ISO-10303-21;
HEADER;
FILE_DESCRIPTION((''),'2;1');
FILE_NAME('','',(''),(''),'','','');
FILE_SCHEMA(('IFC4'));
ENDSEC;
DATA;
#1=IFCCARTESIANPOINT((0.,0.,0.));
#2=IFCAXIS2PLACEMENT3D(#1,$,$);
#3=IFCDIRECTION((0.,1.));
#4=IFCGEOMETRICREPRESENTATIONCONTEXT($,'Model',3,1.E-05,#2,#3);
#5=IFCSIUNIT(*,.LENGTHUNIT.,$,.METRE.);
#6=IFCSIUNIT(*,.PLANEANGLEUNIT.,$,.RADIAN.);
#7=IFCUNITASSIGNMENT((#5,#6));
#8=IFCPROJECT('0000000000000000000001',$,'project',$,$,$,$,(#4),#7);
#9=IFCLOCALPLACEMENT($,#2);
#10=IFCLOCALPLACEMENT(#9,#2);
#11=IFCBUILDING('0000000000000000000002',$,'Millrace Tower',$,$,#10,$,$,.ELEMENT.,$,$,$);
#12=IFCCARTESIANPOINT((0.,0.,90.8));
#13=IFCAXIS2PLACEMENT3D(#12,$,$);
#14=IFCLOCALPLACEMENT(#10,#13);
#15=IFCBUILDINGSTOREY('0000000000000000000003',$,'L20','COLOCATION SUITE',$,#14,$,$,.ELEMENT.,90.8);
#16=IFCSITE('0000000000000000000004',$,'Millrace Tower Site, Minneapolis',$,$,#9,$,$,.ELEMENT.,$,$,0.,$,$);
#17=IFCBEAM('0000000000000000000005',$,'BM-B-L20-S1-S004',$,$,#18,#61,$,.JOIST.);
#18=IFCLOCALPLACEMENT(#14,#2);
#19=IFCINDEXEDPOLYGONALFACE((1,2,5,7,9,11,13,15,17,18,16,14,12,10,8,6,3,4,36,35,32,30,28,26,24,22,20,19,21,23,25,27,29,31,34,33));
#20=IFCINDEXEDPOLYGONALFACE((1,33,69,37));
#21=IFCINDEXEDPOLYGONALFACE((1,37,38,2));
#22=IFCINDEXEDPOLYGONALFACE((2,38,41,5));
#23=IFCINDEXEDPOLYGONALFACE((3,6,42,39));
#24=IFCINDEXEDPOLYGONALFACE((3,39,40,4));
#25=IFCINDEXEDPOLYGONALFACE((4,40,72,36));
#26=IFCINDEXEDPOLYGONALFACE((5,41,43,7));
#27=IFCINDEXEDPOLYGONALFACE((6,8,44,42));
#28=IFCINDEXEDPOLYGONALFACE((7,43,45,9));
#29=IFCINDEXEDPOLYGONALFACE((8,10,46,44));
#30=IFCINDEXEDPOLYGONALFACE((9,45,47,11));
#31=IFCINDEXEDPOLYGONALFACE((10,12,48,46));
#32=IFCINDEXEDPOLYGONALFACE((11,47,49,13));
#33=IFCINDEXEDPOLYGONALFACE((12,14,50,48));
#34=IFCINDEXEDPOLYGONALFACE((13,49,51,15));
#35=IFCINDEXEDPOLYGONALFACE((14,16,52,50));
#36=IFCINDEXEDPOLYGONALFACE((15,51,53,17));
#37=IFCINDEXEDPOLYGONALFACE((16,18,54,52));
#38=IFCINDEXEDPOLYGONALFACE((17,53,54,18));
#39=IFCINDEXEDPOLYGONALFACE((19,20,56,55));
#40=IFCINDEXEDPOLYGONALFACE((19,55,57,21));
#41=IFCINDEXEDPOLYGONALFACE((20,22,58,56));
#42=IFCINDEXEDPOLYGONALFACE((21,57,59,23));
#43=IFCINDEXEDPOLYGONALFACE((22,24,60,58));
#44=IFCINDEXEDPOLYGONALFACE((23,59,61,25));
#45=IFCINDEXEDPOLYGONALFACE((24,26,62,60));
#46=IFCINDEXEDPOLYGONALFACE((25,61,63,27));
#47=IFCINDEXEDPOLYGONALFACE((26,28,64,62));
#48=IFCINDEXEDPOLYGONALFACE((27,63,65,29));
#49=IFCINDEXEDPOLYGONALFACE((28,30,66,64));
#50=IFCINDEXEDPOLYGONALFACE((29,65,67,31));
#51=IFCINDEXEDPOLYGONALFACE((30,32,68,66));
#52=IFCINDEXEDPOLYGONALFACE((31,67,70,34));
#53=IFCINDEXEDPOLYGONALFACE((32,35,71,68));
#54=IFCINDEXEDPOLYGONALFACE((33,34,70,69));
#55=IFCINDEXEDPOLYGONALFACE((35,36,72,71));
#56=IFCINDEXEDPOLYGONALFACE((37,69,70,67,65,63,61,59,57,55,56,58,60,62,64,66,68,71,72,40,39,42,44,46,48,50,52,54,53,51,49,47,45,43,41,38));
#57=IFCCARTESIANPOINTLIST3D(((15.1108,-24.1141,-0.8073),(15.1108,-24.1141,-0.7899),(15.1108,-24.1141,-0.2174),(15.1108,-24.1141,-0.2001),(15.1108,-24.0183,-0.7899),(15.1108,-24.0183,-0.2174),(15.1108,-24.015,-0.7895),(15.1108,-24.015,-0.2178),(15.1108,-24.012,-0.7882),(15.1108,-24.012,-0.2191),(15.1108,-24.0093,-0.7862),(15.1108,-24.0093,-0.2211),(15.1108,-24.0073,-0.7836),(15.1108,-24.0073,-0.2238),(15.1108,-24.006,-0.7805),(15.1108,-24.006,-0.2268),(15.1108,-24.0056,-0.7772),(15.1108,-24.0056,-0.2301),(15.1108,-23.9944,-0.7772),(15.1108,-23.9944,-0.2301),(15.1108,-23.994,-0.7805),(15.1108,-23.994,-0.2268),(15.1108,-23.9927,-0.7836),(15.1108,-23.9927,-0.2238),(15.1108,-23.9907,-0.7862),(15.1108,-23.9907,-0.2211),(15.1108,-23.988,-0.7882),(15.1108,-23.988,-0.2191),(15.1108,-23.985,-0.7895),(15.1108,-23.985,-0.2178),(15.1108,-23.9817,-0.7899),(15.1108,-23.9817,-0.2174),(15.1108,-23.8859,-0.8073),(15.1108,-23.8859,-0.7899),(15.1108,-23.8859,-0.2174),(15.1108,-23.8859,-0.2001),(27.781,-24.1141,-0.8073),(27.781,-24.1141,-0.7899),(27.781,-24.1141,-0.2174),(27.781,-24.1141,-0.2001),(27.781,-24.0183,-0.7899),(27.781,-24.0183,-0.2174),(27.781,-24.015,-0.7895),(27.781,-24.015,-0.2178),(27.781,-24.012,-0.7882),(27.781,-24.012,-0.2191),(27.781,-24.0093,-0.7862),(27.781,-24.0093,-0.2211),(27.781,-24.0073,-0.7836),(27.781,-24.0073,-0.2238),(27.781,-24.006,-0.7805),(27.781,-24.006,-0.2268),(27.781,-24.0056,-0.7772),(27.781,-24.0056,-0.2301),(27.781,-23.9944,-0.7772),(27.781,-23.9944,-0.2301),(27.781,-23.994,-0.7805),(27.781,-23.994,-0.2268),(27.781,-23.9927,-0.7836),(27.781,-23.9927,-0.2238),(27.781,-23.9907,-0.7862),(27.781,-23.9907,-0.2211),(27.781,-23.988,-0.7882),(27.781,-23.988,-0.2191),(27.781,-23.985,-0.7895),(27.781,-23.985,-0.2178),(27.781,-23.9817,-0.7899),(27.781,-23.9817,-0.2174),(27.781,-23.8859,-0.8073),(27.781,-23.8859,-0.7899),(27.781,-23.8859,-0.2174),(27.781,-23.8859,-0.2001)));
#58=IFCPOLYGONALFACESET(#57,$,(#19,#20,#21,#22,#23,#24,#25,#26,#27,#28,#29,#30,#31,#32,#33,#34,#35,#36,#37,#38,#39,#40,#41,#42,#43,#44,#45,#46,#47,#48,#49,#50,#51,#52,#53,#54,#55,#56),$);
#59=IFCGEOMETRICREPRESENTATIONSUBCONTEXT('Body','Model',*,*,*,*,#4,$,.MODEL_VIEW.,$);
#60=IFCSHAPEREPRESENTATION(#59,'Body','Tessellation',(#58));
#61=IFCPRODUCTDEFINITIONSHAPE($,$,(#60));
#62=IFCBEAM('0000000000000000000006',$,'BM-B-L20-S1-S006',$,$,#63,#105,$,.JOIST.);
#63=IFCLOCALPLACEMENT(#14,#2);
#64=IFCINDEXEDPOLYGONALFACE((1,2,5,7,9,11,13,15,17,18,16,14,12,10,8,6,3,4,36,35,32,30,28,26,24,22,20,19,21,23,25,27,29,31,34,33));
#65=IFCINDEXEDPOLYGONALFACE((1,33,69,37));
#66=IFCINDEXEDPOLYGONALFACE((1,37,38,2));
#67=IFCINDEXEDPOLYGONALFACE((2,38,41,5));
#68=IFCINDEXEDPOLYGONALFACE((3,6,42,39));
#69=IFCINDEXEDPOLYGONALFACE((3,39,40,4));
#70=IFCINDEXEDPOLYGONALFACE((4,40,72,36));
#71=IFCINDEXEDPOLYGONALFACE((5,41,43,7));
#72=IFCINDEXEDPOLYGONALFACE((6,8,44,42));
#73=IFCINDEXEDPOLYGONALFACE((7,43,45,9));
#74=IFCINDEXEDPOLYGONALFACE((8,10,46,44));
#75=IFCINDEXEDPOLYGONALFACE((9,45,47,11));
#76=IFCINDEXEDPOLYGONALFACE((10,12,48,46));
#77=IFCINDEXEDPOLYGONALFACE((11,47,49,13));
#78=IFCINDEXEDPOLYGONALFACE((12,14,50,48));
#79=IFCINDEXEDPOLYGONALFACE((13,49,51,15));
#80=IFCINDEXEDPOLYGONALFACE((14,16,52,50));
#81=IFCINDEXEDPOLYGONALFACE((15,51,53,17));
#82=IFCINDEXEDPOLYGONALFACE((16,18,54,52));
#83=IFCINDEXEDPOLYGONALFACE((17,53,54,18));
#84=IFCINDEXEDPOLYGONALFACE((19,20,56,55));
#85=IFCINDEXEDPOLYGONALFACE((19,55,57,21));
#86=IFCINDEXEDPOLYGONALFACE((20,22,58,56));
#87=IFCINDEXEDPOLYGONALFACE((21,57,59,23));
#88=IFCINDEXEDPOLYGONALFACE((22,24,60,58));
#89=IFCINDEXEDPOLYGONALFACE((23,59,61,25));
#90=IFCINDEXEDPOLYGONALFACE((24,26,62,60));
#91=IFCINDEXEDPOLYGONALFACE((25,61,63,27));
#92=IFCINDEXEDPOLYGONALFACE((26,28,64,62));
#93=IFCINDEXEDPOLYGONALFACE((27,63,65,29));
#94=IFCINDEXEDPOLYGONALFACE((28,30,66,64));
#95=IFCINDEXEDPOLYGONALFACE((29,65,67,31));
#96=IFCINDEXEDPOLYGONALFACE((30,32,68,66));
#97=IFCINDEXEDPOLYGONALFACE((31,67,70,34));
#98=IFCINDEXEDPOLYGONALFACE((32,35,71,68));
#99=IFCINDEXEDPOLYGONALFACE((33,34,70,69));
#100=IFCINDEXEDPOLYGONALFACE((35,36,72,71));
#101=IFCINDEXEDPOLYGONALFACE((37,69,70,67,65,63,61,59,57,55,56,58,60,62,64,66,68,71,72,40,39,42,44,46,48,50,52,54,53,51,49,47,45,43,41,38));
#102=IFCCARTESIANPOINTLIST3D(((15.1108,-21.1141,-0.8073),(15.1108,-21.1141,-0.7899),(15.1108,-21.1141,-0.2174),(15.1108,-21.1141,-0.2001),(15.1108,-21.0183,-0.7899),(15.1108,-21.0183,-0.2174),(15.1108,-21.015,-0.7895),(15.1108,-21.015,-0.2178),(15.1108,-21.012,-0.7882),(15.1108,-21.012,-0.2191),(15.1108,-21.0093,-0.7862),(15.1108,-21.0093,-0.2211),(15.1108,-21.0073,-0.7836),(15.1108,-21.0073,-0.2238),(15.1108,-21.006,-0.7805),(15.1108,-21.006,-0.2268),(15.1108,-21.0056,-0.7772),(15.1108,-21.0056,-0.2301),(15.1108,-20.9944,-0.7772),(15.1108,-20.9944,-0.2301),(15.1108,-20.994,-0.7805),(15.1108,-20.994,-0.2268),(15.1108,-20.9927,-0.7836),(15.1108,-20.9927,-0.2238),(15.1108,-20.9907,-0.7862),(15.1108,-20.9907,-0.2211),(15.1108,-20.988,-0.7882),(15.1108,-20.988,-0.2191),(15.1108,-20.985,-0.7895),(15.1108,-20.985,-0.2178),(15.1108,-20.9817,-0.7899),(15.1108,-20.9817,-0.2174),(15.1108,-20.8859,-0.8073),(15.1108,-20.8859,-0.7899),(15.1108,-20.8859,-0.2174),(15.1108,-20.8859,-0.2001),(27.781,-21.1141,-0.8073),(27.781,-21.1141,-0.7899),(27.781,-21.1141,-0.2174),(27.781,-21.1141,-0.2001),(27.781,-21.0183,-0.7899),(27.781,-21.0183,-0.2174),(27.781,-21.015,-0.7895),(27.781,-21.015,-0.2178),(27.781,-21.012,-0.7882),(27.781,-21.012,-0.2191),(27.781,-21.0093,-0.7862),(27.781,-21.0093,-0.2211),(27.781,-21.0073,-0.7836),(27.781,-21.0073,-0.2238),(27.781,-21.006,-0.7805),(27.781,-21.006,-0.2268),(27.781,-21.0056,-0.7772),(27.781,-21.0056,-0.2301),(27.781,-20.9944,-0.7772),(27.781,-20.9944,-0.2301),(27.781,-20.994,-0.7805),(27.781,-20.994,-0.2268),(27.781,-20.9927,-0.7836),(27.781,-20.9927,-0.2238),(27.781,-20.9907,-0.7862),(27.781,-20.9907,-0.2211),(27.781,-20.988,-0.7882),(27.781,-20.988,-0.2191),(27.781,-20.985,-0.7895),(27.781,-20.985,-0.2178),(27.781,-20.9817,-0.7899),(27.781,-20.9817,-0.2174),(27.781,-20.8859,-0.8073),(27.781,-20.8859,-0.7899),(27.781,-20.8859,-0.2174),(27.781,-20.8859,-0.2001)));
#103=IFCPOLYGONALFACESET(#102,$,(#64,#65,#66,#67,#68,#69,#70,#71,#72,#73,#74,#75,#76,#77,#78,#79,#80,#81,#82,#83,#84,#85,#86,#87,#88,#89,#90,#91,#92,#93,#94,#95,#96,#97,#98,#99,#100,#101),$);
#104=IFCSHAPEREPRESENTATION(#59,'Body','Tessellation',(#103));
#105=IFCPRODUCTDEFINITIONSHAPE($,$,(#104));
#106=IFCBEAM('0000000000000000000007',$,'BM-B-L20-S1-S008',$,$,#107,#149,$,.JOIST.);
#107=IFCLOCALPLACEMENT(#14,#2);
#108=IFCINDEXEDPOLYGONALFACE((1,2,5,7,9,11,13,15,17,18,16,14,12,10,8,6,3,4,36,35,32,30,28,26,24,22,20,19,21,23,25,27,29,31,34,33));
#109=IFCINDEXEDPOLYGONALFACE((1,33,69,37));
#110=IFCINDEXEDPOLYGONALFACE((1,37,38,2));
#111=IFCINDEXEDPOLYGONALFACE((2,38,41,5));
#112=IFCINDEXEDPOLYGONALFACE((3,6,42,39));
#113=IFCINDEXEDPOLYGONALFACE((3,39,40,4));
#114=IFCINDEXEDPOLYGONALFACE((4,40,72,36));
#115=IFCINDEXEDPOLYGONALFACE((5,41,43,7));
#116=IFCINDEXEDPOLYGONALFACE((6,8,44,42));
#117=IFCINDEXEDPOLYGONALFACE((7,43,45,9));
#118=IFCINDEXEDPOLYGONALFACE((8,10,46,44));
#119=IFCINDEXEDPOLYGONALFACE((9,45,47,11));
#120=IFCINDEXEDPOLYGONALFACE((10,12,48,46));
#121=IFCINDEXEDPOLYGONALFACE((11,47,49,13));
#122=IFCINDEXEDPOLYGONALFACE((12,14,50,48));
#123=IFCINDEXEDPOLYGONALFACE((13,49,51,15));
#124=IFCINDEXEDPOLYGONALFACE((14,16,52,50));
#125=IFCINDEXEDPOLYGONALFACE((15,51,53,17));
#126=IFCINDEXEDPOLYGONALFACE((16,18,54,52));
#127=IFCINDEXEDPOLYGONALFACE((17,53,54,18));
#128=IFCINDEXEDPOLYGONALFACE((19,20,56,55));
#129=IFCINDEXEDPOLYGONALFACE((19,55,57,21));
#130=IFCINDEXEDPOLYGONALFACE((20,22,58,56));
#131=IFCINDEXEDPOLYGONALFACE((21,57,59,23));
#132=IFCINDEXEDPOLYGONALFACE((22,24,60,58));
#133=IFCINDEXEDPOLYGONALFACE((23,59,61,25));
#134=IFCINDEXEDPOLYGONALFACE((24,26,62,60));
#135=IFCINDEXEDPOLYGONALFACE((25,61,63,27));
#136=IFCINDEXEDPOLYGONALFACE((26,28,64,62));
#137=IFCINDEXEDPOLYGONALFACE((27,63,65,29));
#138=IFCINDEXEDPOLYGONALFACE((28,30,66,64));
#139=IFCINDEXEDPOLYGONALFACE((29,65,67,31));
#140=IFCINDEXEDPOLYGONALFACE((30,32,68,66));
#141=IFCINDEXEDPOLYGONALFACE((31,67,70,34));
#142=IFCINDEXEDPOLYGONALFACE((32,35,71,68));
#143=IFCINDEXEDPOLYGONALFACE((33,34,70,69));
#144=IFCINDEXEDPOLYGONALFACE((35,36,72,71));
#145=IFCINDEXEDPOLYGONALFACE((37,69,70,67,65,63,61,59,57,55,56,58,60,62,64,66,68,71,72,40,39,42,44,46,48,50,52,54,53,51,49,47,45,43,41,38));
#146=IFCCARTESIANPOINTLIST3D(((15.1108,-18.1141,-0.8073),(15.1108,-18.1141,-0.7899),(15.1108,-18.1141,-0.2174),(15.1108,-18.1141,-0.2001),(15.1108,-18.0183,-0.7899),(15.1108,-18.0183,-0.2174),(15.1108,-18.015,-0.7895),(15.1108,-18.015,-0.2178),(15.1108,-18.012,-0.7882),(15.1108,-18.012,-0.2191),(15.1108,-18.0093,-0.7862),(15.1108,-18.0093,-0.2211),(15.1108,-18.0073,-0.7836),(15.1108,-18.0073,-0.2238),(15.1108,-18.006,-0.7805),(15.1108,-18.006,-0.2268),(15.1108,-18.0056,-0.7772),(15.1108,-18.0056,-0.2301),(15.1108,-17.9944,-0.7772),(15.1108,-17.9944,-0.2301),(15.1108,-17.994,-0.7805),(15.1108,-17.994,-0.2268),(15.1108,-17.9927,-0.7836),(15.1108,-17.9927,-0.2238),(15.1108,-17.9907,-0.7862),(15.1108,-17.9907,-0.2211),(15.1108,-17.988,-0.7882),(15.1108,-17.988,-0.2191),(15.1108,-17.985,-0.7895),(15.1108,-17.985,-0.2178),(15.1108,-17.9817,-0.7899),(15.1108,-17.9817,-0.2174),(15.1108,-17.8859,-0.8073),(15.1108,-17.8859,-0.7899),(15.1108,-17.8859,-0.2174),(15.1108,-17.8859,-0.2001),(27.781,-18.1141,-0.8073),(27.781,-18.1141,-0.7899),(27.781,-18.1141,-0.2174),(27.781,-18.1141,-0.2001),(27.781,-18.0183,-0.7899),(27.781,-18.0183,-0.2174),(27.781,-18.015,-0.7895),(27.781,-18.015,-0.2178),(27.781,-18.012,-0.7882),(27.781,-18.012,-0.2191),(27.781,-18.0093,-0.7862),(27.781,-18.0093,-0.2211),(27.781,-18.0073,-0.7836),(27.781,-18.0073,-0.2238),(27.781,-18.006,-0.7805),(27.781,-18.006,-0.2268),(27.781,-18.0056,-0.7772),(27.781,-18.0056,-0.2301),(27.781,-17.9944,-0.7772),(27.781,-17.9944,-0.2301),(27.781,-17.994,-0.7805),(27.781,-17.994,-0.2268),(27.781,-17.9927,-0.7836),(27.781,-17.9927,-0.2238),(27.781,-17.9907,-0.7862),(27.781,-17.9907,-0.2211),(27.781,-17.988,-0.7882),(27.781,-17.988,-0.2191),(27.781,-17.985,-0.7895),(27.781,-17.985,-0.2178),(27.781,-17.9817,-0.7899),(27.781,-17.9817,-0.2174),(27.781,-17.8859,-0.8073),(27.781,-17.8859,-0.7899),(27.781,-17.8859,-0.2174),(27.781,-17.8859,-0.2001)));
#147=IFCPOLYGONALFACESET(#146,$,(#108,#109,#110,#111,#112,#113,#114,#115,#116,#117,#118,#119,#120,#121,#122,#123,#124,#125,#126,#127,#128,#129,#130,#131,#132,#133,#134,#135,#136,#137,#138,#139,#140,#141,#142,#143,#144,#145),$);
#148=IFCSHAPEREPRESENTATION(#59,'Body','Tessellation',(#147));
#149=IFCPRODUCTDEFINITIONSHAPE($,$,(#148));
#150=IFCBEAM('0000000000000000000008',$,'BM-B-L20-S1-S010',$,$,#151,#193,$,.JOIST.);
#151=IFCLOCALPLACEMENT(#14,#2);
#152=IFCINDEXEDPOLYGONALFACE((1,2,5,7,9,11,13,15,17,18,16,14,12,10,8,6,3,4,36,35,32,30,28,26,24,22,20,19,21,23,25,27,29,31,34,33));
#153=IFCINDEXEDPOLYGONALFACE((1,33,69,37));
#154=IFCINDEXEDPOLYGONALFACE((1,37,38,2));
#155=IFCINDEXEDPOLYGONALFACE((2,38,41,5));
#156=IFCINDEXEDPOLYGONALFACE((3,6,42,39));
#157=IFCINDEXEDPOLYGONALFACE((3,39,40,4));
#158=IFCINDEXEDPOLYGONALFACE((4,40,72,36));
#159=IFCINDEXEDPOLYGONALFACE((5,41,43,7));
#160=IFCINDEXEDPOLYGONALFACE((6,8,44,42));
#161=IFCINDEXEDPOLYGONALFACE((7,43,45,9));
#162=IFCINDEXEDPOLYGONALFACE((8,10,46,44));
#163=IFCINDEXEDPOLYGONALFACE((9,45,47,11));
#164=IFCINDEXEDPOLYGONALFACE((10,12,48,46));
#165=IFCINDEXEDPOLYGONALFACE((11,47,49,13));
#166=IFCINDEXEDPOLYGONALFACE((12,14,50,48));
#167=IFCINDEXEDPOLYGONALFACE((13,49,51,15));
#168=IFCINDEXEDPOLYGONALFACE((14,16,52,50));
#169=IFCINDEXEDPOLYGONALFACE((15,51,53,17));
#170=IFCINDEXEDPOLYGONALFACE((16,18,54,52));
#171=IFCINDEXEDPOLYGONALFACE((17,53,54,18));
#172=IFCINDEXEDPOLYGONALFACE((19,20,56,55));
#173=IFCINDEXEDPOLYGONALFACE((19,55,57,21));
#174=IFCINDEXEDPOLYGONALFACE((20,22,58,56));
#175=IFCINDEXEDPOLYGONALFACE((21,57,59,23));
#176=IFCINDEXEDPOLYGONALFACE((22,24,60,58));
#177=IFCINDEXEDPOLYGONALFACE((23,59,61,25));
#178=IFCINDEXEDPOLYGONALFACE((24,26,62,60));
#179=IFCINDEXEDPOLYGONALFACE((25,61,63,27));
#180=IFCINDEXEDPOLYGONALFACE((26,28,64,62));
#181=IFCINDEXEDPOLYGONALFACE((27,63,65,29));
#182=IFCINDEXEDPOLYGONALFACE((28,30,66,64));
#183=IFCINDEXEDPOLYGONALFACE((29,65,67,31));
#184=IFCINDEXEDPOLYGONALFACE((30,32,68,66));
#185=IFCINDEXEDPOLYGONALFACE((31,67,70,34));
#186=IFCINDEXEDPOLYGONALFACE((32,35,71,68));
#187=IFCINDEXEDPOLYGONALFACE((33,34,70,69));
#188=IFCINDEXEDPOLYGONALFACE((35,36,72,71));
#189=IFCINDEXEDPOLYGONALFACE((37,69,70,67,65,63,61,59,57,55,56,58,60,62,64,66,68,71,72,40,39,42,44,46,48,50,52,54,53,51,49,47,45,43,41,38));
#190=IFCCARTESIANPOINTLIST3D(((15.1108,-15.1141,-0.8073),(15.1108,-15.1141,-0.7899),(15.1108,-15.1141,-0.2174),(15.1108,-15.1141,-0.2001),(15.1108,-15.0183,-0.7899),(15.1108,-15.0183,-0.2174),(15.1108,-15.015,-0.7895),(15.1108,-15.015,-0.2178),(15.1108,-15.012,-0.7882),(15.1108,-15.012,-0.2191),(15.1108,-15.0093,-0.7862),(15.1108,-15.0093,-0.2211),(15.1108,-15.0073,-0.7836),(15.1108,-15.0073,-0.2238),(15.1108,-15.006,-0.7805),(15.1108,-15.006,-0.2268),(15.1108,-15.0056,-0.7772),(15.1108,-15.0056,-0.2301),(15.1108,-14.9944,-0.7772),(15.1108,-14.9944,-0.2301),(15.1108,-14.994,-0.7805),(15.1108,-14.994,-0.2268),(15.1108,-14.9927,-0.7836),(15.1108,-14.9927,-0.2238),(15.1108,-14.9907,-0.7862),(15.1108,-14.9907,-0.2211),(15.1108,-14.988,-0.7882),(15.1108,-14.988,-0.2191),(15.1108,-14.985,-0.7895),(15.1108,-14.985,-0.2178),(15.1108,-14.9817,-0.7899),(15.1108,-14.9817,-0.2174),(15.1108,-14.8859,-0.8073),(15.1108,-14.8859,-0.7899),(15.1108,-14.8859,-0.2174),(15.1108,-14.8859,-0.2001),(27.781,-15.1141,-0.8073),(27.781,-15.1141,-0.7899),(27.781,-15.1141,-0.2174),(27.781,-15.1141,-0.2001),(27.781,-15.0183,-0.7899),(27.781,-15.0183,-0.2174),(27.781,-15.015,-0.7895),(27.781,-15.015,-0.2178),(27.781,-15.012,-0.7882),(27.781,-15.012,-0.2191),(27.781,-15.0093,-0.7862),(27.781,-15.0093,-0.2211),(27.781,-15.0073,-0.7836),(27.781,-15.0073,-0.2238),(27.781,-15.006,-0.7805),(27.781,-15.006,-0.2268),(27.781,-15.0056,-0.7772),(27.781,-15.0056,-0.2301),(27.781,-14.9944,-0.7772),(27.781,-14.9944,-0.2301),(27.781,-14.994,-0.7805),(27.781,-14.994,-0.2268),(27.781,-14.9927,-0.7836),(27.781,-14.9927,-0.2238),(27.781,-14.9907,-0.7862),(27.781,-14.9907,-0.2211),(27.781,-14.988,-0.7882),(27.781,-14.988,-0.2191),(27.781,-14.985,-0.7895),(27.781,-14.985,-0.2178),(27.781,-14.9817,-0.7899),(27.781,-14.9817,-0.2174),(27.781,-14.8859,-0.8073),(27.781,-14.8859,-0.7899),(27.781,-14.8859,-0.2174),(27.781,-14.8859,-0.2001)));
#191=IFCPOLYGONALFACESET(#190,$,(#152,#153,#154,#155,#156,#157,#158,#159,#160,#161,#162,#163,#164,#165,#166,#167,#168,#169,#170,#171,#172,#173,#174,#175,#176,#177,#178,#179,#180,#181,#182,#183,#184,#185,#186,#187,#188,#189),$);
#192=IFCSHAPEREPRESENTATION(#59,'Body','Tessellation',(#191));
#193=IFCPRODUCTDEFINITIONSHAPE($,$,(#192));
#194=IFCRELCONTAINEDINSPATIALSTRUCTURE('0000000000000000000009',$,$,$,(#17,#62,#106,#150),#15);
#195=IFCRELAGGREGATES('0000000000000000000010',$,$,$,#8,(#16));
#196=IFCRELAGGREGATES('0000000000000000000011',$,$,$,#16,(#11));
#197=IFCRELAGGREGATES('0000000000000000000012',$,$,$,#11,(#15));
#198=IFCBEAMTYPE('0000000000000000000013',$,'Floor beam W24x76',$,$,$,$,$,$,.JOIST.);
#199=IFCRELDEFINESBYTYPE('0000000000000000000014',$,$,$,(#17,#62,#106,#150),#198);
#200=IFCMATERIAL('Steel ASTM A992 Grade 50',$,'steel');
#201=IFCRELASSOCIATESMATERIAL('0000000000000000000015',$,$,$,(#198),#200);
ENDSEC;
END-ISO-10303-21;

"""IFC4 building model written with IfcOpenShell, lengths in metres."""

from ifc_helpers import new_model, si_unit, direction, frame, origin, origin_2d, place, context, subcontext, project, spatial, i_section, extrude, material, material_profile, profile_set, type_object, element, save


model = new_model("IFC4")

# Units and contexts
model_context = context("Model", 3, precision=1e-05, world=origin(), true_north=direction((0.0, 1.0)))
body_context = subcontext(model_context, "Body", "Model", "MODEL_VIEW")
ifc_project = project(units=[si_unit("LENGTHUNIT", "METRE"), si_unit("PLANEANGLEUNIT", "RADIAN")], contexts=[model_context])

# Site, building, storey
site_placement = place(None, origin())
site = spatial("IfcSite", under=ifc_project, at=site_placement, Name="Millrace Tower Site, Minneapolis", CompositionType="ELEMENT", RefElevation=0.0)
building_placement = place(site_placement, origin())
building = spatial("IfcBuilding", under=site, at=building_placement, Name="Millrace Tower", CompositionType="ELEMENT")
storey_placement = place(building_placement, frame((0.0, 0.0, 90.8)))
storey = spatial("IfcBuildingStorey", under=building, at=storey_placement, Name="L20", Description="COLOCATION SUITE", CompositionType="ELEMENT", Elevation=90.8)

# Beams
ifc_material_1 = material(Name="Steel ASTM A992 Grade 50", Category="steel")
ifc_material_profile_1 = material_profile(ifc_material_1, i_section(OverallWidth=0.2283, OverallDepth=0.6072, WebThickness=0.0112, FlangeThickness=0.0173, FilletRadius=0.0127, at=origin_2d()))
ifc_profile_set_1 = profile_set([ifc_material_profile_1], Name="Steel ASTM A992 Grade 50")
beam_type_1 = type_object("IfcBeamType", Name="Floor beam W24x76", PredefinedType="JOIST", material=ifc_profile_set_1)
for number, where, z_axis, x_axis, name in (
    (1, (15.1108, -24.0, -0.5037), (1.0, 0.0, 0.0), (0.0, 1.0, 0.0), "BM-B-L20-S1-S004"),
    (2, (15.1108, -21.0, -0.5037), (1.0, 0.0, 0.0), (0.0, 1.0, 0.0), "BM-B-L20-S1-S006"),
    (3, (15.1108, -18.0, -0.5037), (1.0, 0.0, 0.0), (0.0, 1.0, 0.0), "BM-B-L20-S1-S008"),
    (4, (15.1108, -15.0, -0.5037), (1.0, 0.0, 0.0), (0.0, 1.0, 0.0), "BM-B-L20-S1-S010"),
):
    element("IfcBeam", number, at=place(storey_placement, frame(where, z_axis=z_axis, x_axis=x_axis)), inside=storey, type_object=beam_type_1, Name=name, PredefinedType="JOIST", context=body_context, shape_type="SweptSolid", body=[
        extrude(i_section(OverallWidth=0.2283, OverallDepth=0.6072, WebThickness=0.0112, FlangeThickness=0.0173, FilletRadius=0.0127, at=origin_2d()), origin(), (0.0, 0.0, 1.0), 12.6702),
    ])

save(model, "model.ifc")
